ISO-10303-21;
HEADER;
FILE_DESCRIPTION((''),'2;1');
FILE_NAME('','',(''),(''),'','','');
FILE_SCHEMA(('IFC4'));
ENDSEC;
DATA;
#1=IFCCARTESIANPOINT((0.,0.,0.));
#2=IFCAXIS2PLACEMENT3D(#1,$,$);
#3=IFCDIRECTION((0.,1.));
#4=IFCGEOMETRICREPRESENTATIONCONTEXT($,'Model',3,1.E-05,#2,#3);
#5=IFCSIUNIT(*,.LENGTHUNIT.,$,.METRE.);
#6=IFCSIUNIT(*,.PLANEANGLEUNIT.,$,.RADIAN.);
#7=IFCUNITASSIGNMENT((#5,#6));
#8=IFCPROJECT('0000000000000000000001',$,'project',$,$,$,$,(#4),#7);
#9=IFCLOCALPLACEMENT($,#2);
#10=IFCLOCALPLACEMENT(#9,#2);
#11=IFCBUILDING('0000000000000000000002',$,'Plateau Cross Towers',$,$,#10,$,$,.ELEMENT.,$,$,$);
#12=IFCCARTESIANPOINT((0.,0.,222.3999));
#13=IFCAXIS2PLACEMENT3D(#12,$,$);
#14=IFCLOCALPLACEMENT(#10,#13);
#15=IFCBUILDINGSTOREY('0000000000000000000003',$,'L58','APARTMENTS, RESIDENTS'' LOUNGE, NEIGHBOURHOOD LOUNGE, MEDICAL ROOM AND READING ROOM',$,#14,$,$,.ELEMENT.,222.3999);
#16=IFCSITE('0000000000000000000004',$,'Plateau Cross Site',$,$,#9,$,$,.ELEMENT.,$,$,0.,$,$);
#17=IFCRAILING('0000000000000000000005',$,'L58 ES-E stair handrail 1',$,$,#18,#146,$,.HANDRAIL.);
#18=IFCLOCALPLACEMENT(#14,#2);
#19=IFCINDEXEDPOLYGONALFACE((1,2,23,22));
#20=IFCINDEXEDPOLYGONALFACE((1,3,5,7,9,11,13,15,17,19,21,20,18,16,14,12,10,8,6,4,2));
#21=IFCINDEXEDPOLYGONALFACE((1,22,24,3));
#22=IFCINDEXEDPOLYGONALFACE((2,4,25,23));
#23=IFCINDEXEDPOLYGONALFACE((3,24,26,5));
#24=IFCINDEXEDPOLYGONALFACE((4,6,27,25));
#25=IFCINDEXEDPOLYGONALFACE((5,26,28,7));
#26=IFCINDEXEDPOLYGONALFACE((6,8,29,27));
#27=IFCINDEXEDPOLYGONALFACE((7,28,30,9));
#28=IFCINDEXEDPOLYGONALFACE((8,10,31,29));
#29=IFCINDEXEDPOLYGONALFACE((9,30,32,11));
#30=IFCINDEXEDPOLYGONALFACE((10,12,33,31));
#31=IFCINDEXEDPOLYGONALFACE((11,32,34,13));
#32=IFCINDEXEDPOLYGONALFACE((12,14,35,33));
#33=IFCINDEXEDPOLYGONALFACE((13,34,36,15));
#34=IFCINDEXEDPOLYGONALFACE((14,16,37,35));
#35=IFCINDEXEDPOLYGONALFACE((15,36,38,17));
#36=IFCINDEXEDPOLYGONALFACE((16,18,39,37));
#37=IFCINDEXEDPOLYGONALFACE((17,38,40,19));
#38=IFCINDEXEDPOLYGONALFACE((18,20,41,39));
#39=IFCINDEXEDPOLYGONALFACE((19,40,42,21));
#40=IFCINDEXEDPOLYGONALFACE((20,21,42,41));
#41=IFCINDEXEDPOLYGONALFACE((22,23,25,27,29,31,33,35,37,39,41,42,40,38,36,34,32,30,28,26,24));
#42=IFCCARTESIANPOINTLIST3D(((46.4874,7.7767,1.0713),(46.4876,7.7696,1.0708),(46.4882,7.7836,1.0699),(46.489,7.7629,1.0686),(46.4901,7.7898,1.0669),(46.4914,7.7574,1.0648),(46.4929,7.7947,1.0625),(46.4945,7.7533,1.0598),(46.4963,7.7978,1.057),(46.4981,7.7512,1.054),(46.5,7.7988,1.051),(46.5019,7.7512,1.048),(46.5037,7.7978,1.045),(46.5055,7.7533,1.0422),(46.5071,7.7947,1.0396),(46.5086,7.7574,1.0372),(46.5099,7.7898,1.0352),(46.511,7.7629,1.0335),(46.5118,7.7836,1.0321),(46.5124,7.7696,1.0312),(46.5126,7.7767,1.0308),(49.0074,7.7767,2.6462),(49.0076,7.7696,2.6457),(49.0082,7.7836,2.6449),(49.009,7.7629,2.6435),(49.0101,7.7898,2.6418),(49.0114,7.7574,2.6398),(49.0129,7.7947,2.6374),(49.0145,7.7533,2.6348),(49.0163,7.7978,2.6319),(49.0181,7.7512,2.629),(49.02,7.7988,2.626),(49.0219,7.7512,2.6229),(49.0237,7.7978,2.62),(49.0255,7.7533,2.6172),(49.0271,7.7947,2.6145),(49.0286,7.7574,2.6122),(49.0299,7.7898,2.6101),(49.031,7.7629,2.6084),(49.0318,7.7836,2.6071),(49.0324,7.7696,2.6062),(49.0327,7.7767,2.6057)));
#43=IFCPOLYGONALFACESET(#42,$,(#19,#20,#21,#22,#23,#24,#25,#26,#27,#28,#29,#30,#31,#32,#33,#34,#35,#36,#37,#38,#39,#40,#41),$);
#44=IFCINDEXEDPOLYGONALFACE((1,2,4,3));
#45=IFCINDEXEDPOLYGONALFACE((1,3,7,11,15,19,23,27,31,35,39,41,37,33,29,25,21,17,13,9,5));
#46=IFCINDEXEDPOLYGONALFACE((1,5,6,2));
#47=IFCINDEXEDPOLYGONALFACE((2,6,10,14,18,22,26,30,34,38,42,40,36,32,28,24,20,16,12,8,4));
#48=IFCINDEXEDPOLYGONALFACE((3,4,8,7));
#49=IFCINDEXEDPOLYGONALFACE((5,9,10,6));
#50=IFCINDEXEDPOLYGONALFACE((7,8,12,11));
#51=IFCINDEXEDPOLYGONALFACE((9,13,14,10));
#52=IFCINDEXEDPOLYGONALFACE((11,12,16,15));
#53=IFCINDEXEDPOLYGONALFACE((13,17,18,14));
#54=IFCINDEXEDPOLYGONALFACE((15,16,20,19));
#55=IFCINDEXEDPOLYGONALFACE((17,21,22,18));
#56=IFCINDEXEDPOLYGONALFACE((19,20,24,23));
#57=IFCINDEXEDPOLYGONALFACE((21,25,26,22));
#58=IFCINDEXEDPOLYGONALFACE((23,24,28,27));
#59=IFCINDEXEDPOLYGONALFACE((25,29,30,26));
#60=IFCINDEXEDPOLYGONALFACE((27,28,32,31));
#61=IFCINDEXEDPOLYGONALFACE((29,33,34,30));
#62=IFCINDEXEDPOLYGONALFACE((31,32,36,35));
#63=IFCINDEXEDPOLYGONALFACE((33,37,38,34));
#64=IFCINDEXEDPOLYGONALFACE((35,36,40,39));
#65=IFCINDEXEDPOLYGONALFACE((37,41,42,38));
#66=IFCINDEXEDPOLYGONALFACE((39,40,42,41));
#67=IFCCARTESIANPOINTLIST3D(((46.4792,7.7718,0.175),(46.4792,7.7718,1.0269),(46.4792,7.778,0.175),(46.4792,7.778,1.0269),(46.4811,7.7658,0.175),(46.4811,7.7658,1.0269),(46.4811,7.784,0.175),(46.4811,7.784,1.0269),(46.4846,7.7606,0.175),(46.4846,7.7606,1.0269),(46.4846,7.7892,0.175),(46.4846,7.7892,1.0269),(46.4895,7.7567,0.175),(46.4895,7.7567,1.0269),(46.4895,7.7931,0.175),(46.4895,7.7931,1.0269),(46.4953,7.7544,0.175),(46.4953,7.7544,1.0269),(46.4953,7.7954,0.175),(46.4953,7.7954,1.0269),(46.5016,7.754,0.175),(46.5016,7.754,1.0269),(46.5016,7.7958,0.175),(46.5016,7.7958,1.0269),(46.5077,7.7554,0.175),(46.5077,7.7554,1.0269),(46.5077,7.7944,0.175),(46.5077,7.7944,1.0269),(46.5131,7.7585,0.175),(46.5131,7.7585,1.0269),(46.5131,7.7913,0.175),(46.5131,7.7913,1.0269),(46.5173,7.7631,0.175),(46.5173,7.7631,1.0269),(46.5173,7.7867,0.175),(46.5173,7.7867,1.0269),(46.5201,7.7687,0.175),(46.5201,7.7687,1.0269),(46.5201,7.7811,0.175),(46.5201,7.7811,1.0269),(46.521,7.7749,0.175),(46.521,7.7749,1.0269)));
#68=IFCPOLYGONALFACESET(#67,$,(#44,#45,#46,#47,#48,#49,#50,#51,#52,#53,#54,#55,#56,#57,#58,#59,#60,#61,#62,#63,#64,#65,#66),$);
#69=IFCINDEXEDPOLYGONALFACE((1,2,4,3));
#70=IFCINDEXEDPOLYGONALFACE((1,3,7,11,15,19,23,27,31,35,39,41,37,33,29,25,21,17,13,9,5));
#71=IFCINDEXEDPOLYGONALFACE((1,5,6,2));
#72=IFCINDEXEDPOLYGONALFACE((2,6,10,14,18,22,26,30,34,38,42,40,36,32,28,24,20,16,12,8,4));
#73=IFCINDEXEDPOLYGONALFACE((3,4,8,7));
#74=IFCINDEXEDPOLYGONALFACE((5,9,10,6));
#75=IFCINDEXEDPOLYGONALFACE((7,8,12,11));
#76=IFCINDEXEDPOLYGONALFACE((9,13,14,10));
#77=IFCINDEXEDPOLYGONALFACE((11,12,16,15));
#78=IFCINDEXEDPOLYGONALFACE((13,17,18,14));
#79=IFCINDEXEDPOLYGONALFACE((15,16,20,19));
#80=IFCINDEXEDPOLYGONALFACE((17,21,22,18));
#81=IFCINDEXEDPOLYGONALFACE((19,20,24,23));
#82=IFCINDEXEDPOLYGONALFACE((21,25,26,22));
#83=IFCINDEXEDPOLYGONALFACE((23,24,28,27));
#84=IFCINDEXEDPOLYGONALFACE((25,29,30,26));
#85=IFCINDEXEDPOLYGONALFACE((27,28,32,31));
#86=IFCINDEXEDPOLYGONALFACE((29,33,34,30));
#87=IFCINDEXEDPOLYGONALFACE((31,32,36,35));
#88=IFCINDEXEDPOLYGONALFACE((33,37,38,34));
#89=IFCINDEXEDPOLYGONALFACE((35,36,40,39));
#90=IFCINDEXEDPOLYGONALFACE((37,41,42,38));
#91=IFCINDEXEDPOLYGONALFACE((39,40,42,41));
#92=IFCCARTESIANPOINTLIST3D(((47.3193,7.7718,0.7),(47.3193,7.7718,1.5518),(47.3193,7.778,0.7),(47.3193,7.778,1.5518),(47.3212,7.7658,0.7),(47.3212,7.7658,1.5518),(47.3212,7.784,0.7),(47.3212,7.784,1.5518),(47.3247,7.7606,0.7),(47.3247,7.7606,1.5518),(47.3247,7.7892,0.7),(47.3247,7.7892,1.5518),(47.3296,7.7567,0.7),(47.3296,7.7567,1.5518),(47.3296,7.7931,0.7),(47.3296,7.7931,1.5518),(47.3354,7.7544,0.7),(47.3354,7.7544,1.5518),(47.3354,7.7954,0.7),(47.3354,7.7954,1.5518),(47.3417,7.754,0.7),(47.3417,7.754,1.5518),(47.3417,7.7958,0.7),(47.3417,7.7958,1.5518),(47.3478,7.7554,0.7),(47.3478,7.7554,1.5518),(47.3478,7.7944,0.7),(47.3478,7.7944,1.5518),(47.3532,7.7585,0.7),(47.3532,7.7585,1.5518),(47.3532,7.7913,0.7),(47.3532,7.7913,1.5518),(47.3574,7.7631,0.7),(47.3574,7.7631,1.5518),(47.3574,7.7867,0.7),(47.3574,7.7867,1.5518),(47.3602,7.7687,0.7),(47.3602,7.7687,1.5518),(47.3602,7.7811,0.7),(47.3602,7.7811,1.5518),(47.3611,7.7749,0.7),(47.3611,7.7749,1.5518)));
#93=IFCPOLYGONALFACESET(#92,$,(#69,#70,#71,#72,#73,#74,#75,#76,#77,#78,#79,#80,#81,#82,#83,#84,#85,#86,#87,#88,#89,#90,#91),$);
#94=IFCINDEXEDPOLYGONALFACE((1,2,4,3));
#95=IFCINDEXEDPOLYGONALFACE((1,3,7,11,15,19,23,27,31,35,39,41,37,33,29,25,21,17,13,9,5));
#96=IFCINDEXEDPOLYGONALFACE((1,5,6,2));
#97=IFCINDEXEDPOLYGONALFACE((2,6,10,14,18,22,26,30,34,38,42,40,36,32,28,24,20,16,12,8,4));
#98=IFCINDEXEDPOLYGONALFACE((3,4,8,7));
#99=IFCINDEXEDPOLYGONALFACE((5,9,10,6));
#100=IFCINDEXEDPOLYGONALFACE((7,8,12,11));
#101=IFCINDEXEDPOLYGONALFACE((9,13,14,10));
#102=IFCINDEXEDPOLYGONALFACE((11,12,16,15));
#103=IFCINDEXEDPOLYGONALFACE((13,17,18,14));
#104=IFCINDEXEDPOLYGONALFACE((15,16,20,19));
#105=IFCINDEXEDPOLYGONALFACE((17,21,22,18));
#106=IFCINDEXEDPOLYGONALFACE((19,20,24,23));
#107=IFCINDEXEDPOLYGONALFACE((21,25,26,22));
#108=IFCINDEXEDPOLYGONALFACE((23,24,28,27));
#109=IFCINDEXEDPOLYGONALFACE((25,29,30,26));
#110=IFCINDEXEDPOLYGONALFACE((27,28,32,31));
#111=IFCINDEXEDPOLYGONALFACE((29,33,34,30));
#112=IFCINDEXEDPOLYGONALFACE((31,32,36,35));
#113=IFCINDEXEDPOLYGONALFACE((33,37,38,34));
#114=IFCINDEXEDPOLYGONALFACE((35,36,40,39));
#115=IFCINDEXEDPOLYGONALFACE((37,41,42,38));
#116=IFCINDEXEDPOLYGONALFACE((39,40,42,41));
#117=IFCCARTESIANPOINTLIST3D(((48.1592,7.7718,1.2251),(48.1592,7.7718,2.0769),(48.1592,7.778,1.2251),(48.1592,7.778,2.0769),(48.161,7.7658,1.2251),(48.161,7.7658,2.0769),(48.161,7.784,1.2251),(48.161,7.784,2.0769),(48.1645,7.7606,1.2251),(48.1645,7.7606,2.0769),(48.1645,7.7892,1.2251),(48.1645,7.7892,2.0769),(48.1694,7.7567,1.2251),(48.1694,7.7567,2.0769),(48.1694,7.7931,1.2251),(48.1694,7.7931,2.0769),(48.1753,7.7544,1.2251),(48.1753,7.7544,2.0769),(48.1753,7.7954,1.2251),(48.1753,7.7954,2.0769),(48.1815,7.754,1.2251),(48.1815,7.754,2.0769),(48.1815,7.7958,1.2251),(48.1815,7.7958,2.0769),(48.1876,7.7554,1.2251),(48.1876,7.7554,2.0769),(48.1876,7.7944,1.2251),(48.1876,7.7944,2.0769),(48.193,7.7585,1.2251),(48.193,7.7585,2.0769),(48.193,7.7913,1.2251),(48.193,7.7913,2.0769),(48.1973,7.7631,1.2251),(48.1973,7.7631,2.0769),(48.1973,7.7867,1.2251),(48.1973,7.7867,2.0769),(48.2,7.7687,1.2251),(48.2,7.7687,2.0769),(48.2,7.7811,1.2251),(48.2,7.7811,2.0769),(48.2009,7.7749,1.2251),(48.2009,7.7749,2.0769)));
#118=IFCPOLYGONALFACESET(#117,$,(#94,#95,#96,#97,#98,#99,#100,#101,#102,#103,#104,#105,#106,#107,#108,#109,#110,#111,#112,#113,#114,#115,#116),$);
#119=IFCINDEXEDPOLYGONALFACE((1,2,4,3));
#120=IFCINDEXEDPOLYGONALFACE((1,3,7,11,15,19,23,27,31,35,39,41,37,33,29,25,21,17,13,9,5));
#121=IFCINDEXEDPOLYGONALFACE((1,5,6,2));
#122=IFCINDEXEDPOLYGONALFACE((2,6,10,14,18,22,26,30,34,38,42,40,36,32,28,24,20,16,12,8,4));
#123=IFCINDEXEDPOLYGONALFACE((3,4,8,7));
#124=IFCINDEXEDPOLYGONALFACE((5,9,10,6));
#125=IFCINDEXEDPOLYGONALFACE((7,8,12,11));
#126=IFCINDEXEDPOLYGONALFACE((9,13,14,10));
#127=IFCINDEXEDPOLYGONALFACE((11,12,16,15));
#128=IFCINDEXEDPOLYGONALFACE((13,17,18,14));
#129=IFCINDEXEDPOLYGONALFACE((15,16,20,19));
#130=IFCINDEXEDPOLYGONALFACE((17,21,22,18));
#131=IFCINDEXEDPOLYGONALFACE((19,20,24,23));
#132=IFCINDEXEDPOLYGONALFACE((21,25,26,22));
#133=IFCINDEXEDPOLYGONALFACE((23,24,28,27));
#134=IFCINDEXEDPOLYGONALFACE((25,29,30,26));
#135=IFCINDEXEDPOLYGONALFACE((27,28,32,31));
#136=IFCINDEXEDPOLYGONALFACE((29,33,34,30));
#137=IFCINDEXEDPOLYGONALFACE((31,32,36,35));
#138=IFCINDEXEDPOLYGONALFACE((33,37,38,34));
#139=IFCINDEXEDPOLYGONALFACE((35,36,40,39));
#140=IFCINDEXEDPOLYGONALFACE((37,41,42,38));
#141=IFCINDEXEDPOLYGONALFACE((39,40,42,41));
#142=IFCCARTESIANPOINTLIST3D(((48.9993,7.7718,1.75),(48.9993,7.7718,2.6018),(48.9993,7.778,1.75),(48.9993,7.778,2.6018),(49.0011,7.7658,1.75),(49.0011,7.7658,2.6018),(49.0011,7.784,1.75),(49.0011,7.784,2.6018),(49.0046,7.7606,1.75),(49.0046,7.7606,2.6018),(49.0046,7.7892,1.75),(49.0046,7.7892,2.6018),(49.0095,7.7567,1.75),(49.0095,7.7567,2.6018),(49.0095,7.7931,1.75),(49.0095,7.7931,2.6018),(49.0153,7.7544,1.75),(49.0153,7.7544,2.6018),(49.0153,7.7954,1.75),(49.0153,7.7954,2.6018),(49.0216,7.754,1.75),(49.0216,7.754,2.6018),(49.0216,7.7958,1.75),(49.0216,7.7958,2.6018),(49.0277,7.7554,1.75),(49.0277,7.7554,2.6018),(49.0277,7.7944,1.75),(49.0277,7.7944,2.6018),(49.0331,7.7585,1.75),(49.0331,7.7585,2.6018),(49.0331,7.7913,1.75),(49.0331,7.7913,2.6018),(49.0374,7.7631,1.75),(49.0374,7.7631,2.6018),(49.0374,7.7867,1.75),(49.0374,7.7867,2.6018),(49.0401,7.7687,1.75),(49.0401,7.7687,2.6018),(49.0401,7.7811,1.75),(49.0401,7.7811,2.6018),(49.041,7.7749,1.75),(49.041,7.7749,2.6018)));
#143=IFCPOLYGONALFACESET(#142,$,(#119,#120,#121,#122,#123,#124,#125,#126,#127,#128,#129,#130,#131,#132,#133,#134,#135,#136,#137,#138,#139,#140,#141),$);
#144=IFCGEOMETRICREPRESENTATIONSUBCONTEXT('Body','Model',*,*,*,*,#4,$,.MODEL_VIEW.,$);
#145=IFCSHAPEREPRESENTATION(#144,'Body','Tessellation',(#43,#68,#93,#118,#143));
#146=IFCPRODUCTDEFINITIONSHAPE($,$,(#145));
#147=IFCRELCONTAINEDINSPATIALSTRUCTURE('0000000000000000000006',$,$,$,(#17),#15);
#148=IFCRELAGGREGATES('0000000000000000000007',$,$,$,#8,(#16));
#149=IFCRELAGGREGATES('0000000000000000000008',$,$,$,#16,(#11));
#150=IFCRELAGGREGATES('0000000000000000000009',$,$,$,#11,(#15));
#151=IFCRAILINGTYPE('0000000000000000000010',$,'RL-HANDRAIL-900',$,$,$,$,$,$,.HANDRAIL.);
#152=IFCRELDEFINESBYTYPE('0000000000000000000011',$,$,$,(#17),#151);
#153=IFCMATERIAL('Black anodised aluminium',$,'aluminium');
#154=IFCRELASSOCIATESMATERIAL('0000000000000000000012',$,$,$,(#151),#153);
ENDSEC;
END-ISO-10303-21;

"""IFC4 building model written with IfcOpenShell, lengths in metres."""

from ifc_helpers import new_model, si_unit, direction, frame, origin, origin_2d, place, context, subcontext, project, spatial, circle, extrude, material, type_object, element, save


model = new_model("IFC4")

# Units and contexts
model_context = context("Model", 3, precision=1e-05, world=origin(), true_north=direction((0.0, 1.0)))
body_context = subcontext(model_context, "Body", "Model", "MODEL_VIEW")
ifc_project = project(units=[si_unit("LENGTHUNIT", "METRE"), si_unit("PLANEANGLEUNIT", "RADIAN")], contexts=[model_context])

# Site, building, storey
site_placement = place(None, origin())
site = spatial("IfcSite", under=ifc_project, at=site_placement, Name="Plateau Cross Site", CompositionType="ELEMENT", RefElevation=0.0)
building_placement = place(site_placement, origin())
building = spatial("IfcBuilding", under=site, at=building_placement, Name="Plateau Cross Towers", CompositionType="ELEMENT")
storey_placement = place(building_placement, frame((0.0, 0.0, 222.3999)))
storey = spatial("IfcBuildingStorey", under=building, at=storey_placement, Name="L58", Description="APARTMENTS, RESIDENTS' LOUNGE, NEIGHBOURHOOD LOUNGE, MEDICAL ROOM AND READING ROOM", CompositionType="ELEMENT", Elevation=222.3999)

# Shared definitions
ifc_material_1 = material(Name="Black anodised aluminium", Category="aluminium")

# Railing
railing_type_1 = type_object("IfcRailingType", Name="RL-HANDRAIL-900", PredefinedType="HANDRAIL", material=ifc_material_1)
railing_1_placement = place(storey_placement, frame((46.5, 7.7749, 0.175)))
element("IfcRailing", 1, at=railing_1_placement, inside=storey, type_object=railing_type_1, Name="L58 ES-E stair handrail 1", PredefinedType="HANDRAIL", context=body_context, shape_type="SweptSolid", body=[
    extrude(circle(Radius=0.0239, at=origin_2d()), frame((0.0, 0.0, 0.876), z_axis=(0.848008, 0.0, 0.529984), x_axis=(0.0, 1.0, 0.0)), (0.0, 0.0, 1.0), 2.9717),
    extrude(circle(Radius=0.021, at=origin_2d()), origin(), (0.0, 0.0, 1.0), 0.8518),
    extrude(circle(Radius=0.021, at=origin_2d()), frame((0.8401, 0.0, 0.5249)), (0.0, 0.0, 1.0), 0.8518),
    extrude(circle(Radius=0.021, at=origin_2d()), frame((1.6799, 0.0, 1.05)), (0.0, 0.0, 1.0), 0.8518),
    extrude(circle(Radius=0.021, at=origin_2d()), frame((2.52, 0.0, 1.575)), (0.0, 0.0, 1.0), 0.8518),
])

save(model, "model.ifc")
